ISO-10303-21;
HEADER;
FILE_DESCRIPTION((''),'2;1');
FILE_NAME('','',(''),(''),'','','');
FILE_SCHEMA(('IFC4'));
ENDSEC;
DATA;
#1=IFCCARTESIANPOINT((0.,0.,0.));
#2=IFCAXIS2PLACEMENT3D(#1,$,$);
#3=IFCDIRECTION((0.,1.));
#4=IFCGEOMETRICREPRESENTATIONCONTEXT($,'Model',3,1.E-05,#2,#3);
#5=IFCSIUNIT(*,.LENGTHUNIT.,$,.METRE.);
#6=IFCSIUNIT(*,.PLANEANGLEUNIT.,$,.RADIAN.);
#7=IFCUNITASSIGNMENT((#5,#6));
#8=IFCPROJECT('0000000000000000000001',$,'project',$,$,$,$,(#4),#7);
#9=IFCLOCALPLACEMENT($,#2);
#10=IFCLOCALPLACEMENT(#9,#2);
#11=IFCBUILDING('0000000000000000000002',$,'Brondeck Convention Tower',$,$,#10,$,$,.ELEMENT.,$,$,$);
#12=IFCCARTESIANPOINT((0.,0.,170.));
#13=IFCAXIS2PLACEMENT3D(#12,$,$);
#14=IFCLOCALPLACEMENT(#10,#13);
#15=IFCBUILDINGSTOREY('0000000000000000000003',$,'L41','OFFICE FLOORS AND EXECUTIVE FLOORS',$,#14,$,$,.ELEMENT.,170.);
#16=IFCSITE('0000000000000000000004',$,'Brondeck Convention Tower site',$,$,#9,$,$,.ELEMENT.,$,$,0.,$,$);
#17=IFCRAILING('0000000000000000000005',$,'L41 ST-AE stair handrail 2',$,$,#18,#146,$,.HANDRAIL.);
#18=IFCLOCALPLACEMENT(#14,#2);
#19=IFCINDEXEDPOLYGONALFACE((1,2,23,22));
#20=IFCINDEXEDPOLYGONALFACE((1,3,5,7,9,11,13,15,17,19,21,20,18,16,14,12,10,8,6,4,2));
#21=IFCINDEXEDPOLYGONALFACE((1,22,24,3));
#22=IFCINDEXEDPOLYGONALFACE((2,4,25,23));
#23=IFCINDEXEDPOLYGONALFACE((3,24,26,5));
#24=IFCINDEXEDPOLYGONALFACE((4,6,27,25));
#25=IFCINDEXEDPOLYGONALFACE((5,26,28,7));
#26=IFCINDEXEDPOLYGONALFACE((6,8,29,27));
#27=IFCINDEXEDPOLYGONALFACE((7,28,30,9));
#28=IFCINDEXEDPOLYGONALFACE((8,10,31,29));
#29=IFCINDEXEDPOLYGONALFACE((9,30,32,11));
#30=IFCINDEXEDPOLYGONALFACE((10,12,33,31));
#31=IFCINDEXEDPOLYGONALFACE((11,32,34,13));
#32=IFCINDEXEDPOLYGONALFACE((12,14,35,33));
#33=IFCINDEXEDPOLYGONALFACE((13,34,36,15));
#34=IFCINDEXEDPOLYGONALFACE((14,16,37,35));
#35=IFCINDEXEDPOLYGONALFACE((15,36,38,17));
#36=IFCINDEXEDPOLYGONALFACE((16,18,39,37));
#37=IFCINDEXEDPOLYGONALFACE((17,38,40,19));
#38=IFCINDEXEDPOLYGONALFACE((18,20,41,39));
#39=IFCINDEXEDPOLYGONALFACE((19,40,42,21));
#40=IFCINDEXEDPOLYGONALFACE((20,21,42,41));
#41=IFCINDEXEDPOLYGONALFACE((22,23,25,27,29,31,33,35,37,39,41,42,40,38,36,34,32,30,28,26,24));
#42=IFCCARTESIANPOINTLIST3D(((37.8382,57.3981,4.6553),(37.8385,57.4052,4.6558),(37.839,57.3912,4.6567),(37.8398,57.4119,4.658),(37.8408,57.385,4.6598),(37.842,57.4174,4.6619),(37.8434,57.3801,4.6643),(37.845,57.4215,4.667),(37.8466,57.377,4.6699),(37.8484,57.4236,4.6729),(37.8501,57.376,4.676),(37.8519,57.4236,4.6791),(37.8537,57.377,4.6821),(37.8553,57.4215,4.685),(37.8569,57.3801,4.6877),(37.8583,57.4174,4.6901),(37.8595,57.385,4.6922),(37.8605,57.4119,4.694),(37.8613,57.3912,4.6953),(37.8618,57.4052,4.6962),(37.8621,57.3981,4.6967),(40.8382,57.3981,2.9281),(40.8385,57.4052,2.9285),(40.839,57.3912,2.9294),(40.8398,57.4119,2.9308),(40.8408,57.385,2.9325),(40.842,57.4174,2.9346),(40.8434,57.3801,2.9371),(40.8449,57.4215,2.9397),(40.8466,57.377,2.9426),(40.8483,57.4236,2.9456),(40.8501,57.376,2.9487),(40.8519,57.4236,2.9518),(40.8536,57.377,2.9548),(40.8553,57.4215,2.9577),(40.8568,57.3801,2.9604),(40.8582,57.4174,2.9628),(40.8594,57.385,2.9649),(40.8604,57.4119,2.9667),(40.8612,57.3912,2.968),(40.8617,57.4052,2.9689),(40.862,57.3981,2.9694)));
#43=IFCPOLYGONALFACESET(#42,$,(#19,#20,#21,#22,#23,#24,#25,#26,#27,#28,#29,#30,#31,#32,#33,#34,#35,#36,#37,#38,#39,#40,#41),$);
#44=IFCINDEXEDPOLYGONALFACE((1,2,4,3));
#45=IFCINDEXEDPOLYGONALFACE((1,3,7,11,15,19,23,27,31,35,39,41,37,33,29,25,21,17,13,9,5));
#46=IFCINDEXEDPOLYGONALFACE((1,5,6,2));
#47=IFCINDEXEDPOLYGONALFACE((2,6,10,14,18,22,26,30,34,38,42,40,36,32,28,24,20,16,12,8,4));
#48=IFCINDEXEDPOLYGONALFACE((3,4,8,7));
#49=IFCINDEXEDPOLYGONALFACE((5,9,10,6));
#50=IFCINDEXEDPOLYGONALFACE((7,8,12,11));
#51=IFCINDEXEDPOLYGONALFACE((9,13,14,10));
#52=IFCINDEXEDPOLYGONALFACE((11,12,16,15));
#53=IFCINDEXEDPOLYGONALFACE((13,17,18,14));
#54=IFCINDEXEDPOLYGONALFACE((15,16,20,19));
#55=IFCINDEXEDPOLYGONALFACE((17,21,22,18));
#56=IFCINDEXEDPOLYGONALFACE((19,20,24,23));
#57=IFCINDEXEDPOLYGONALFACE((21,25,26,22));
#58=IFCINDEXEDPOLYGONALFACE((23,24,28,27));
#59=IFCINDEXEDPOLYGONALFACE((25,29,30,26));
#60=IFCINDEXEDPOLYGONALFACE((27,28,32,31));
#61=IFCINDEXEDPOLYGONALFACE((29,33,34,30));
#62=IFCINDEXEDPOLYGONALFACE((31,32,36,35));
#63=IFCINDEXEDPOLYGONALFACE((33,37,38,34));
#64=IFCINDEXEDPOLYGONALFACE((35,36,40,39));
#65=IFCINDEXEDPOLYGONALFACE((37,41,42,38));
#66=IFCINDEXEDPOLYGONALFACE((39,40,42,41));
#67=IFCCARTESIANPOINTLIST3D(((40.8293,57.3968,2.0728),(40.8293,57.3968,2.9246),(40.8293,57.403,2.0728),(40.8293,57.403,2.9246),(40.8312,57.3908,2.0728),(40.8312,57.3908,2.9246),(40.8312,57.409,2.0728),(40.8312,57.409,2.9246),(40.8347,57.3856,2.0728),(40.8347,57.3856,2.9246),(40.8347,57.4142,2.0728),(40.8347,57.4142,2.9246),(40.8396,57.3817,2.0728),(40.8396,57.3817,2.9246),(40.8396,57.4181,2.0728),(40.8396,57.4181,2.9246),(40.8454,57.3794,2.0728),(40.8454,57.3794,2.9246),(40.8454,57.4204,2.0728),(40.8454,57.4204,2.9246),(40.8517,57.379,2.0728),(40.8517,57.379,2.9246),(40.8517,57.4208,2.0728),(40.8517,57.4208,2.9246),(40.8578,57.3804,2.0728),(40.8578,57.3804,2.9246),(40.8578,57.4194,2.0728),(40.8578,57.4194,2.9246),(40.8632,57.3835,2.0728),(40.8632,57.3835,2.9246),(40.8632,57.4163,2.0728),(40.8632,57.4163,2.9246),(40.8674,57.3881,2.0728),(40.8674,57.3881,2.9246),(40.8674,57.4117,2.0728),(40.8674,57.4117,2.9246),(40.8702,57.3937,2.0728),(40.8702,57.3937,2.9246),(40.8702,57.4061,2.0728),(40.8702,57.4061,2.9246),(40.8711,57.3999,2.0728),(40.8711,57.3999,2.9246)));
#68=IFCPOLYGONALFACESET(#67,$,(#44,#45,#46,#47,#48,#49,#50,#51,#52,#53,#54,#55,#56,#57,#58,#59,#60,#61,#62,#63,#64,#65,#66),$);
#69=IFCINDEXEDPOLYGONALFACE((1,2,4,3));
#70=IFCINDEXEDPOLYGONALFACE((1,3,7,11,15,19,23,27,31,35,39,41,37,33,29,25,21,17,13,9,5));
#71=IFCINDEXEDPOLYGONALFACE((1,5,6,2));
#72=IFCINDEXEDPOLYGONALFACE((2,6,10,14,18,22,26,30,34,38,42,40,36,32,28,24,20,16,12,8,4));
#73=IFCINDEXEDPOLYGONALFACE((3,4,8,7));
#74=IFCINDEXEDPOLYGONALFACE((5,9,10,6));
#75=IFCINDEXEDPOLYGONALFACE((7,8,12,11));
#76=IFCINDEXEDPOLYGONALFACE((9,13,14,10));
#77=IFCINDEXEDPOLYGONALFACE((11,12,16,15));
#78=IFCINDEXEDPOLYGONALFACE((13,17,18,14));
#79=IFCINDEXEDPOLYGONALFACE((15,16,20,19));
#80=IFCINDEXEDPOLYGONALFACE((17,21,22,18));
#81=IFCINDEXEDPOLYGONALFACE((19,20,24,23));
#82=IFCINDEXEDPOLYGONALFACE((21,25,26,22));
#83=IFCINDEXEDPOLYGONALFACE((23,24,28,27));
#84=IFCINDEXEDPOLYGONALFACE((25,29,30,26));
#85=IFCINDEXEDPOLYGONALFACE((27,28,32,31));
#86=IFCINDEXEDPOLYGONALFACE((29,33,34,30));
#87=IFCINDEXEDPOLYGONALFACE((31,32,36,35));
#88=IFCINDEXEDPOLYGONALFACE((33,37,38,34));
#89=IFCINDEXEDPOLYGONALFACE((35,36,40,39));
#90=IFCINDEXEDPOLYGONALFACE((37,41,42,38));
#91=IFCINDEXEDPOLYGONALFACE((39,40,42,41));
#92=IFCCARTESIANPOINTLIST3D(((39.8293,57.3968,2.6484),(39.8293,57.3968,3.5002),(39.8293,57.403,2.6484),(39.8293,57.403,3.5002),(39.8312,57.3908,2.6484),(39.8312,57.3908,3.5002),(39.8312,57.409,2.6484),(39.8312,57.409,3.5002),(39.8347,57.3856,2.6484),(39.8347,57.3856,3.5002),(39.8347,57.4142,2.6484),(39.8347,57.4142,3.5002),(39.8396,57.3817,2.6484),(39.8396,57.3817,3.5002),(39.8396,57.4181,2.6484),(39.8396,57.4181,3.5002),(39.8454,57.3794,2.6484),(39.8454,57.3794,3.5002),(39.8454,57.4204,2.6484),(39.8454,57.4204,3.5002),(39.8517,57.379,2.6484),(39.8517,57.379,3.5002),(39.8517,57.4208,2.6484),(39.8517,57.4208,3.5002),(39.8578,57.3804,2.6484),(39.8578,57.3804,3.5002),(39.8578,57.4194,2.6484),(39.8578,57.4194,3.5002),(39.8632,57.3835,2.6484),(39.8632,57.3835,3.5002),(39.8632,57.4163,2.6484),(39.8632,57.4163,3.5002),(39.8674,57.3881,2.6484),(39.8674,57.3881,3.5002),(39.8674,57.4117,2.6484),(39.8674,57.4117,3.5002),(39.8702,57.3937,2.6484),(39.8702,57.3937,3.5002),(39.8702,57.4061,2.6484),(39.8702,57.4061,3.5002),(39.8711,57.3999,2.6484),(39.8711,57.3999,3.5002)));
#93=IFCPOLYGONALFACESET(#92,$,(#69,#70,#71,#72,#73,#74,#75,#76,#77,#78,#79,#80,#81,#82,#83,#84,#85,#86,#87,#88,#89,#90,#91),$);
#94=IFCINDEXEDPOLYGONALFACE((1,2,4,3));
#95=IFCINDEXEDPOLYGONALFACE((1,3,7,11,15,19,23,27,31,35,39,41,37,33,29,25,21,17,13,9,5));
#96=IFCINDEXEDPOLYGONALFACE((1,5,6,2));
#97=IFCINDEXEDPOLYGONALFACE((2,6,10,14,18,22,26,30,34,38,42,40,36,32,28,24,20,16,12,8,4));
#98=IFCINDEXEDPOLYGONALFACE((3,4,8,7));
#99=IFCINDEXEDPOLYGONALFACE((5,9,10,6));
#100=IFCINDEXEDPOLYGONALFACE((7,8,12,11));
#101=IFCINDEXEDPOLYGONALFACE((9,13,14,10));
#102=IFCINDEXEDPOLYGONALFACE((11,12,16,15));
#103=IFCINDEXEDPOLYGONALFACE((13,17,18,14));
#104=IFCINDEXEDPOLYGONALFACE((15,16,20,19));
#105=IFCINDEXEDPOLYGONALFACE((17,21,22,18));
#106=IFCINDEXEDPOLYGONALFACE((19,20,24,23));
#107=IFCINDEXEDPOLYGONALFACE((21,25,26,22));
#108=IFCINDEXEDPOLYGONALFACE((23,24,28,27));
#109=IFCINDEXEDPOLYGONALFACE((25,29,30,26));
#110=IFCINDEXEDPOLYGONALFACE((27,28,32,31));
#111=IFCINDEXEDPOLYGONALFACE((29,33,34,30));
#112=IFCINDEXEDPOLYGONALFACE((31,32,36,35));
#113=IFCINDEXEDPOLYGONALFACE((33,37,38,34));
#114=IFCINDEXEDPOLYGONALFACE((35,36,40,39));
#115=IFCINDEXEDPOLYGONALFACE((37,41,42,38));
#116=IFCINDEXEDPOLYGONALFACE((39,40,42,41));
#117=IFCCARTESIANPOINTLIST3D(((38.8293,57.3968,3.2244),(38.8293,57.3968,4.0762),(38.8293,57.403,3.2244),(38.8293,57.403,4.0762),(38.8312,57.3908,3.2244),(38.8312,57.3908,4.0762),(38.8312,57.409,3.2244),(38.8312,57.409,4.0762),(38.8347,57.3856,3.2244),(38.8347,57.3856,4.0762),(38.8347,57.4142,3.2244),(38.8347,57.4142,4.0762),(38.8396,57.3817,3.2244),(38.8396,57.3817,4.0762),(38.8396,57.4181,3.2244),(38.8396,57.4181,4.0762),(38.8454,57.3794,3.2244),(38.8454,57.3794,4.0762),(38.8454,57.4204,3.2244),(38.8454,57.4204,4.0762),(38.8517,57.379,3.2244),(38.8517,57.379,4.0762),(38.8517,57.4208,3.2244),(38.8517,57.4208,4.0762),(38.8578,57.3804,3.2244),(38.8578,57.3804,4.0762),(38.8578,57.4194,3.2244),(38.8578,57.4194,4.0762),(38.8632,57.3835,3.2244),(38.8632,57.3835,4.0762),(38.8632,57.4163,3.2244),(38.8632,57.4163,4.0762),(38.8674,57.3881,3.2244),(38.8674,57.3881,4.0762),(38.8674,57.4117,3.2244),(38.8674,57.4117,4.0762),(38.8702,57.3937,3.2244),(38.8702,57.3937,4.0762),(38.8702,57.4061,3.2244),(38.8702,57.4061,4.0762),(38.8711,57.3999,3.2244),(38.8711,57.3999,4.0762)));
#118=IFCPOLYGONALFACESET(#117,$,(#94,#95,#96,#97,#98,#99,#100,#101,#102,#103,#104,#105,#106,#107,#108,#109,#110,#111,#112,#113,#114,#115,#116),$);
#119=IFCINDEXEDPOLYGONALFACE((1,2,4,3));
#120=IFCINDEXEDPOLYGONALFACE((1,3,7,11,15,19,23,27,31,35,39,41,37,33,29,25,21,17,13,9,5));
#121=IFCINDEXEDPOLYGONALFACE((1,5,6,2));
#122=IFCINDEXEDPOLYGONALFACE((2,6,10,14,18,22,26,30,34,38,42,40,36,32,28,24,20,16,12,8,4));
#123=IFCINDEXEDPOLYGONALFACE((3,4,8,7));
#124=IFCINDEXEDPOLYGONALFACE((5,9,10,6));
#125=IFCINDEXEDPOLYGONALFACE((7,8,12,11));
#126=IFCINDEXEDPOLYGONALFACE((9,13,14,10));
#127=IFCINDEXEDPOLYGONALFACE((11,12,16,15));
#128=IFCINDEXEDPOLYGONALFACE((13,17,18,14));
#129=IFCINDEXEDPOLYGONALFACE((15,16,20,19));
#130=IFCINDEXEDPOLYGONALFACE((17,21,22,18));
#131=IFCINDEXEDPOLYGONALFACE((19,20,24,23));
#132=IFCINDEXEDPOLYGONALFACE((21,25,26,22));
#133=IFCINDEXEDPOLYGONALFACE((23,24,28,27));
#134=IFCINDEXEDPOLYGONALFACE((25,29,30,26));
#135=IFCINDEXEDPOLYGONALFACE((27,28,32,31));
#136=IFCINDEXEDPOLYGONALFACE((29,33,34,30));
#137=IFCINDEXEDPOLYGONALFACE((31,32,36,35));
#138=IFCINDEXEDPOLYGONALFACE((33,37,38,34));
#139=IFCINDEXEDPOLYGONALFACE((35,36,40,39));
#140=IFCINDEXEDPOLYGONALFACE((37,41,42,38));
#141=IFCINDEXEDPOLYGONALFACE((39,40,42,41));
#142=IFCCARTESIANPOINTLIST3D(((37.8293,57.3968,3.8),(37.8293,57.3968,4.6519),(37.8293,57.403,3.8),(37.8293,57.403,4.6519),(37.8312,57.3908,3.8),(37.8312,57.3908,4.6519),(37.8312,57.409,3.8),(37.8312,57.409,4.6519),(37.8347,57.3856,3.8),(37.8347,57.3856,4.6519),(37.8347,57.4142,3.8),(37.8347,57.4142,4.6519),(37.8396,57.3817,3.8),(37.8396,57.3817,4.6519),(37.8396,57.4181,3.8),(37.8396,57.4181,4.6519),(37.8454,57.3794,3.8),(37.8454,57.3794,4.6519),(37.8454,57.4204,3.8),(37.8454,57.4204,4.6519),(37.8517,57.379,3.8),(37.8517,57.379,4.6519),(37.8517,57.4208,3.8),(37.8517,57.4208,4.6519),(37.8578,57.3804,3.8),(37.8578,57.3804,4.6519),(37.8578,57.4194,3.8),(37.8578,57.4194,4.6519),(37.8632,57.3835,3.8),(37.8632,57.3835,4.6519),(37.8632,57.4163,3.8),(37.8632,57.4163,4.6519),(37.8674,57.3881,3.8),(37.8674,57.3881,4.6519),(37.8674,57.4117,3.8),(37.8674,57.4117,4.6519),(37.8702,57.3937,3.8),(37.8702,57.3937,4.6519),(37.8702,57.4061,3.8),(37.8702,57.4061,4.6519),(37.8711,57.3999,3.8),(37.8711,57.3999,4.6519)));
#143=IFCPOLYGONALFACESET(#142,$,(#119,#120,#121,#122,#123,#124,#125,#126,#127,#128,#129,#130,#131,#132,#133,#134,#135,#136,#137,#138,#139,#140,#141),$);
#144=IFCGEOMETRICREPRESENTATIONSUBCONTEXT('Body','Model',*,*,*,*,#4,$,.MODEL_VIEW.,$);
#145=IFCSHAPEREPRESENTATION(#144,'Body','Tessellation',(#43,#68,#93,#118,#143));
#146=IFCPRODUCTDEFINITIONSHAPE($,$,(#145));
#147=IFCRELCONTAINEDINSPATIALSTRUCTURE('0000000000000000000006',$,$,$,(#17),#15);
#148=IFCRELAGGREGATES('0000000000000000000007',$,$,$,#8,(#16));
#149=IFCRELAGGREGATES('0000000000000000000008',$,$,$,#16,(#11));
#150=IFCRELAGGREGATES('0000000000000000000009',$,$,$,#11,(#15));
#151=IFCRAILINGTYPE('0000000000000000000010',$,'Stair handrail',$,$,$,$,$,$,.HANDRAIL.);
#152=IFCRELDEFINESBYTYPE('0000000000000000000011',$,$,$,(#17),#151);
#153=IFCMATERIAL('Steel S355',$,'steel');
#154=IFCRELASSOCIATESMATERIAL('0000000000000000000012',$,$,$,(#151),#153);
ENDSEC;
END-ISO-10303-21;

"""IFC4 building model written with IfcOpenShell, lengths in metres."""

from ifc_helpers import new_model, si_unit, direction, frame, origin, origin_2d, place, context, subcontext, project, spatial, circle, extrude, material, type_object, element, save


model = new_model("IFC4")

# Units and contexts
model_context = context("Model", 3, precision=1e-05, world=origin(), true_north=direction((0.0, 1.0)))
body_context = subcontext(model_context, "Body", "Model", "MODEL_VIEW")
ifc_project = project(units=[si_unit("LENGTHUNIT", "METRE"), si_unit("PLANEANGLEUNIT", "RADIAN")], contexts=[model_context])

# Site, building, storey
site_placement = place(None, origin())
site = spatial("IfcSite", under=ifc_project, at=site_placement, Name="Brondeck Convention Tower site", CompositionType="ELEMENT", RefElevation=0.0)
building_placement = place(site_placement, origin())
building = spatial("IfcBuilding", under=site, at=building_placement, Name="Brondeck Convention Tower", CompositionType="ELEMENT")
storey_placement = place(building_placement, frame((0.0, 0.0, 170.0)))
storey = spatial("IfcBuildingStorey", under=building, at=storey_placement, Name="L41", Description="OFFICE FLOORS AND EXECUTIVE FLOORS", CompositionType="ELEMENT", Elevation=170.0)

# Shared definitions
ifc_material_1 = material(Name="Steel S355", Category="steel")

# Railing
railing_type_1 = type_object("IfcRailingType", Name="Stair handrail", PredefinedType="HANDRAIL", material=ifc_material_1)
railing_1_placement = place(storey_placement, frame((40.8501, 57.3999, 2.0728)))
element("IfcRailing", 1, at=railing_1_placement, inside=storey, type_object=railing_type_1, Name="L41 ST-AE stair handrail 2", PredefinedType="HANDRAIL", context=body_context, shape_type="SweptSolid", body=[
    extrude(circle(Radius=0.0239, at=origin_2d()), frame((0.0, 0.0, 0.876), z_axis=(-0.86662, 0.0, 0.498969), x_axis=(0.0, -1.0, 0.0)), (0.0, 0.0, 1.0), 3.4617),
    extrude(circle(Radius=0.021, at=origin_2d()), origin(), (0.0, 0.0, 1.0), 0.8518),
    extrude(circle(Radius=0.021, at=origin_2d()), frame((-1.0, 0.0, 0.5757)), (0.0, 0.0, 1.0), 0.8518),
    extrude(circle(Radius=0.021, at=origin_2d()), frame((-2.0, 0.0, 1.1516)), (0.0, 0.0, 1.0), 0.8518),
    extrude(circle(Radius=0.021, at=origin_2d()), frame((-3.0, 0.0, 1.7273)), (0.0, 0.0, 1.0), 0.8518),
])

save(model, "model.ifc")
